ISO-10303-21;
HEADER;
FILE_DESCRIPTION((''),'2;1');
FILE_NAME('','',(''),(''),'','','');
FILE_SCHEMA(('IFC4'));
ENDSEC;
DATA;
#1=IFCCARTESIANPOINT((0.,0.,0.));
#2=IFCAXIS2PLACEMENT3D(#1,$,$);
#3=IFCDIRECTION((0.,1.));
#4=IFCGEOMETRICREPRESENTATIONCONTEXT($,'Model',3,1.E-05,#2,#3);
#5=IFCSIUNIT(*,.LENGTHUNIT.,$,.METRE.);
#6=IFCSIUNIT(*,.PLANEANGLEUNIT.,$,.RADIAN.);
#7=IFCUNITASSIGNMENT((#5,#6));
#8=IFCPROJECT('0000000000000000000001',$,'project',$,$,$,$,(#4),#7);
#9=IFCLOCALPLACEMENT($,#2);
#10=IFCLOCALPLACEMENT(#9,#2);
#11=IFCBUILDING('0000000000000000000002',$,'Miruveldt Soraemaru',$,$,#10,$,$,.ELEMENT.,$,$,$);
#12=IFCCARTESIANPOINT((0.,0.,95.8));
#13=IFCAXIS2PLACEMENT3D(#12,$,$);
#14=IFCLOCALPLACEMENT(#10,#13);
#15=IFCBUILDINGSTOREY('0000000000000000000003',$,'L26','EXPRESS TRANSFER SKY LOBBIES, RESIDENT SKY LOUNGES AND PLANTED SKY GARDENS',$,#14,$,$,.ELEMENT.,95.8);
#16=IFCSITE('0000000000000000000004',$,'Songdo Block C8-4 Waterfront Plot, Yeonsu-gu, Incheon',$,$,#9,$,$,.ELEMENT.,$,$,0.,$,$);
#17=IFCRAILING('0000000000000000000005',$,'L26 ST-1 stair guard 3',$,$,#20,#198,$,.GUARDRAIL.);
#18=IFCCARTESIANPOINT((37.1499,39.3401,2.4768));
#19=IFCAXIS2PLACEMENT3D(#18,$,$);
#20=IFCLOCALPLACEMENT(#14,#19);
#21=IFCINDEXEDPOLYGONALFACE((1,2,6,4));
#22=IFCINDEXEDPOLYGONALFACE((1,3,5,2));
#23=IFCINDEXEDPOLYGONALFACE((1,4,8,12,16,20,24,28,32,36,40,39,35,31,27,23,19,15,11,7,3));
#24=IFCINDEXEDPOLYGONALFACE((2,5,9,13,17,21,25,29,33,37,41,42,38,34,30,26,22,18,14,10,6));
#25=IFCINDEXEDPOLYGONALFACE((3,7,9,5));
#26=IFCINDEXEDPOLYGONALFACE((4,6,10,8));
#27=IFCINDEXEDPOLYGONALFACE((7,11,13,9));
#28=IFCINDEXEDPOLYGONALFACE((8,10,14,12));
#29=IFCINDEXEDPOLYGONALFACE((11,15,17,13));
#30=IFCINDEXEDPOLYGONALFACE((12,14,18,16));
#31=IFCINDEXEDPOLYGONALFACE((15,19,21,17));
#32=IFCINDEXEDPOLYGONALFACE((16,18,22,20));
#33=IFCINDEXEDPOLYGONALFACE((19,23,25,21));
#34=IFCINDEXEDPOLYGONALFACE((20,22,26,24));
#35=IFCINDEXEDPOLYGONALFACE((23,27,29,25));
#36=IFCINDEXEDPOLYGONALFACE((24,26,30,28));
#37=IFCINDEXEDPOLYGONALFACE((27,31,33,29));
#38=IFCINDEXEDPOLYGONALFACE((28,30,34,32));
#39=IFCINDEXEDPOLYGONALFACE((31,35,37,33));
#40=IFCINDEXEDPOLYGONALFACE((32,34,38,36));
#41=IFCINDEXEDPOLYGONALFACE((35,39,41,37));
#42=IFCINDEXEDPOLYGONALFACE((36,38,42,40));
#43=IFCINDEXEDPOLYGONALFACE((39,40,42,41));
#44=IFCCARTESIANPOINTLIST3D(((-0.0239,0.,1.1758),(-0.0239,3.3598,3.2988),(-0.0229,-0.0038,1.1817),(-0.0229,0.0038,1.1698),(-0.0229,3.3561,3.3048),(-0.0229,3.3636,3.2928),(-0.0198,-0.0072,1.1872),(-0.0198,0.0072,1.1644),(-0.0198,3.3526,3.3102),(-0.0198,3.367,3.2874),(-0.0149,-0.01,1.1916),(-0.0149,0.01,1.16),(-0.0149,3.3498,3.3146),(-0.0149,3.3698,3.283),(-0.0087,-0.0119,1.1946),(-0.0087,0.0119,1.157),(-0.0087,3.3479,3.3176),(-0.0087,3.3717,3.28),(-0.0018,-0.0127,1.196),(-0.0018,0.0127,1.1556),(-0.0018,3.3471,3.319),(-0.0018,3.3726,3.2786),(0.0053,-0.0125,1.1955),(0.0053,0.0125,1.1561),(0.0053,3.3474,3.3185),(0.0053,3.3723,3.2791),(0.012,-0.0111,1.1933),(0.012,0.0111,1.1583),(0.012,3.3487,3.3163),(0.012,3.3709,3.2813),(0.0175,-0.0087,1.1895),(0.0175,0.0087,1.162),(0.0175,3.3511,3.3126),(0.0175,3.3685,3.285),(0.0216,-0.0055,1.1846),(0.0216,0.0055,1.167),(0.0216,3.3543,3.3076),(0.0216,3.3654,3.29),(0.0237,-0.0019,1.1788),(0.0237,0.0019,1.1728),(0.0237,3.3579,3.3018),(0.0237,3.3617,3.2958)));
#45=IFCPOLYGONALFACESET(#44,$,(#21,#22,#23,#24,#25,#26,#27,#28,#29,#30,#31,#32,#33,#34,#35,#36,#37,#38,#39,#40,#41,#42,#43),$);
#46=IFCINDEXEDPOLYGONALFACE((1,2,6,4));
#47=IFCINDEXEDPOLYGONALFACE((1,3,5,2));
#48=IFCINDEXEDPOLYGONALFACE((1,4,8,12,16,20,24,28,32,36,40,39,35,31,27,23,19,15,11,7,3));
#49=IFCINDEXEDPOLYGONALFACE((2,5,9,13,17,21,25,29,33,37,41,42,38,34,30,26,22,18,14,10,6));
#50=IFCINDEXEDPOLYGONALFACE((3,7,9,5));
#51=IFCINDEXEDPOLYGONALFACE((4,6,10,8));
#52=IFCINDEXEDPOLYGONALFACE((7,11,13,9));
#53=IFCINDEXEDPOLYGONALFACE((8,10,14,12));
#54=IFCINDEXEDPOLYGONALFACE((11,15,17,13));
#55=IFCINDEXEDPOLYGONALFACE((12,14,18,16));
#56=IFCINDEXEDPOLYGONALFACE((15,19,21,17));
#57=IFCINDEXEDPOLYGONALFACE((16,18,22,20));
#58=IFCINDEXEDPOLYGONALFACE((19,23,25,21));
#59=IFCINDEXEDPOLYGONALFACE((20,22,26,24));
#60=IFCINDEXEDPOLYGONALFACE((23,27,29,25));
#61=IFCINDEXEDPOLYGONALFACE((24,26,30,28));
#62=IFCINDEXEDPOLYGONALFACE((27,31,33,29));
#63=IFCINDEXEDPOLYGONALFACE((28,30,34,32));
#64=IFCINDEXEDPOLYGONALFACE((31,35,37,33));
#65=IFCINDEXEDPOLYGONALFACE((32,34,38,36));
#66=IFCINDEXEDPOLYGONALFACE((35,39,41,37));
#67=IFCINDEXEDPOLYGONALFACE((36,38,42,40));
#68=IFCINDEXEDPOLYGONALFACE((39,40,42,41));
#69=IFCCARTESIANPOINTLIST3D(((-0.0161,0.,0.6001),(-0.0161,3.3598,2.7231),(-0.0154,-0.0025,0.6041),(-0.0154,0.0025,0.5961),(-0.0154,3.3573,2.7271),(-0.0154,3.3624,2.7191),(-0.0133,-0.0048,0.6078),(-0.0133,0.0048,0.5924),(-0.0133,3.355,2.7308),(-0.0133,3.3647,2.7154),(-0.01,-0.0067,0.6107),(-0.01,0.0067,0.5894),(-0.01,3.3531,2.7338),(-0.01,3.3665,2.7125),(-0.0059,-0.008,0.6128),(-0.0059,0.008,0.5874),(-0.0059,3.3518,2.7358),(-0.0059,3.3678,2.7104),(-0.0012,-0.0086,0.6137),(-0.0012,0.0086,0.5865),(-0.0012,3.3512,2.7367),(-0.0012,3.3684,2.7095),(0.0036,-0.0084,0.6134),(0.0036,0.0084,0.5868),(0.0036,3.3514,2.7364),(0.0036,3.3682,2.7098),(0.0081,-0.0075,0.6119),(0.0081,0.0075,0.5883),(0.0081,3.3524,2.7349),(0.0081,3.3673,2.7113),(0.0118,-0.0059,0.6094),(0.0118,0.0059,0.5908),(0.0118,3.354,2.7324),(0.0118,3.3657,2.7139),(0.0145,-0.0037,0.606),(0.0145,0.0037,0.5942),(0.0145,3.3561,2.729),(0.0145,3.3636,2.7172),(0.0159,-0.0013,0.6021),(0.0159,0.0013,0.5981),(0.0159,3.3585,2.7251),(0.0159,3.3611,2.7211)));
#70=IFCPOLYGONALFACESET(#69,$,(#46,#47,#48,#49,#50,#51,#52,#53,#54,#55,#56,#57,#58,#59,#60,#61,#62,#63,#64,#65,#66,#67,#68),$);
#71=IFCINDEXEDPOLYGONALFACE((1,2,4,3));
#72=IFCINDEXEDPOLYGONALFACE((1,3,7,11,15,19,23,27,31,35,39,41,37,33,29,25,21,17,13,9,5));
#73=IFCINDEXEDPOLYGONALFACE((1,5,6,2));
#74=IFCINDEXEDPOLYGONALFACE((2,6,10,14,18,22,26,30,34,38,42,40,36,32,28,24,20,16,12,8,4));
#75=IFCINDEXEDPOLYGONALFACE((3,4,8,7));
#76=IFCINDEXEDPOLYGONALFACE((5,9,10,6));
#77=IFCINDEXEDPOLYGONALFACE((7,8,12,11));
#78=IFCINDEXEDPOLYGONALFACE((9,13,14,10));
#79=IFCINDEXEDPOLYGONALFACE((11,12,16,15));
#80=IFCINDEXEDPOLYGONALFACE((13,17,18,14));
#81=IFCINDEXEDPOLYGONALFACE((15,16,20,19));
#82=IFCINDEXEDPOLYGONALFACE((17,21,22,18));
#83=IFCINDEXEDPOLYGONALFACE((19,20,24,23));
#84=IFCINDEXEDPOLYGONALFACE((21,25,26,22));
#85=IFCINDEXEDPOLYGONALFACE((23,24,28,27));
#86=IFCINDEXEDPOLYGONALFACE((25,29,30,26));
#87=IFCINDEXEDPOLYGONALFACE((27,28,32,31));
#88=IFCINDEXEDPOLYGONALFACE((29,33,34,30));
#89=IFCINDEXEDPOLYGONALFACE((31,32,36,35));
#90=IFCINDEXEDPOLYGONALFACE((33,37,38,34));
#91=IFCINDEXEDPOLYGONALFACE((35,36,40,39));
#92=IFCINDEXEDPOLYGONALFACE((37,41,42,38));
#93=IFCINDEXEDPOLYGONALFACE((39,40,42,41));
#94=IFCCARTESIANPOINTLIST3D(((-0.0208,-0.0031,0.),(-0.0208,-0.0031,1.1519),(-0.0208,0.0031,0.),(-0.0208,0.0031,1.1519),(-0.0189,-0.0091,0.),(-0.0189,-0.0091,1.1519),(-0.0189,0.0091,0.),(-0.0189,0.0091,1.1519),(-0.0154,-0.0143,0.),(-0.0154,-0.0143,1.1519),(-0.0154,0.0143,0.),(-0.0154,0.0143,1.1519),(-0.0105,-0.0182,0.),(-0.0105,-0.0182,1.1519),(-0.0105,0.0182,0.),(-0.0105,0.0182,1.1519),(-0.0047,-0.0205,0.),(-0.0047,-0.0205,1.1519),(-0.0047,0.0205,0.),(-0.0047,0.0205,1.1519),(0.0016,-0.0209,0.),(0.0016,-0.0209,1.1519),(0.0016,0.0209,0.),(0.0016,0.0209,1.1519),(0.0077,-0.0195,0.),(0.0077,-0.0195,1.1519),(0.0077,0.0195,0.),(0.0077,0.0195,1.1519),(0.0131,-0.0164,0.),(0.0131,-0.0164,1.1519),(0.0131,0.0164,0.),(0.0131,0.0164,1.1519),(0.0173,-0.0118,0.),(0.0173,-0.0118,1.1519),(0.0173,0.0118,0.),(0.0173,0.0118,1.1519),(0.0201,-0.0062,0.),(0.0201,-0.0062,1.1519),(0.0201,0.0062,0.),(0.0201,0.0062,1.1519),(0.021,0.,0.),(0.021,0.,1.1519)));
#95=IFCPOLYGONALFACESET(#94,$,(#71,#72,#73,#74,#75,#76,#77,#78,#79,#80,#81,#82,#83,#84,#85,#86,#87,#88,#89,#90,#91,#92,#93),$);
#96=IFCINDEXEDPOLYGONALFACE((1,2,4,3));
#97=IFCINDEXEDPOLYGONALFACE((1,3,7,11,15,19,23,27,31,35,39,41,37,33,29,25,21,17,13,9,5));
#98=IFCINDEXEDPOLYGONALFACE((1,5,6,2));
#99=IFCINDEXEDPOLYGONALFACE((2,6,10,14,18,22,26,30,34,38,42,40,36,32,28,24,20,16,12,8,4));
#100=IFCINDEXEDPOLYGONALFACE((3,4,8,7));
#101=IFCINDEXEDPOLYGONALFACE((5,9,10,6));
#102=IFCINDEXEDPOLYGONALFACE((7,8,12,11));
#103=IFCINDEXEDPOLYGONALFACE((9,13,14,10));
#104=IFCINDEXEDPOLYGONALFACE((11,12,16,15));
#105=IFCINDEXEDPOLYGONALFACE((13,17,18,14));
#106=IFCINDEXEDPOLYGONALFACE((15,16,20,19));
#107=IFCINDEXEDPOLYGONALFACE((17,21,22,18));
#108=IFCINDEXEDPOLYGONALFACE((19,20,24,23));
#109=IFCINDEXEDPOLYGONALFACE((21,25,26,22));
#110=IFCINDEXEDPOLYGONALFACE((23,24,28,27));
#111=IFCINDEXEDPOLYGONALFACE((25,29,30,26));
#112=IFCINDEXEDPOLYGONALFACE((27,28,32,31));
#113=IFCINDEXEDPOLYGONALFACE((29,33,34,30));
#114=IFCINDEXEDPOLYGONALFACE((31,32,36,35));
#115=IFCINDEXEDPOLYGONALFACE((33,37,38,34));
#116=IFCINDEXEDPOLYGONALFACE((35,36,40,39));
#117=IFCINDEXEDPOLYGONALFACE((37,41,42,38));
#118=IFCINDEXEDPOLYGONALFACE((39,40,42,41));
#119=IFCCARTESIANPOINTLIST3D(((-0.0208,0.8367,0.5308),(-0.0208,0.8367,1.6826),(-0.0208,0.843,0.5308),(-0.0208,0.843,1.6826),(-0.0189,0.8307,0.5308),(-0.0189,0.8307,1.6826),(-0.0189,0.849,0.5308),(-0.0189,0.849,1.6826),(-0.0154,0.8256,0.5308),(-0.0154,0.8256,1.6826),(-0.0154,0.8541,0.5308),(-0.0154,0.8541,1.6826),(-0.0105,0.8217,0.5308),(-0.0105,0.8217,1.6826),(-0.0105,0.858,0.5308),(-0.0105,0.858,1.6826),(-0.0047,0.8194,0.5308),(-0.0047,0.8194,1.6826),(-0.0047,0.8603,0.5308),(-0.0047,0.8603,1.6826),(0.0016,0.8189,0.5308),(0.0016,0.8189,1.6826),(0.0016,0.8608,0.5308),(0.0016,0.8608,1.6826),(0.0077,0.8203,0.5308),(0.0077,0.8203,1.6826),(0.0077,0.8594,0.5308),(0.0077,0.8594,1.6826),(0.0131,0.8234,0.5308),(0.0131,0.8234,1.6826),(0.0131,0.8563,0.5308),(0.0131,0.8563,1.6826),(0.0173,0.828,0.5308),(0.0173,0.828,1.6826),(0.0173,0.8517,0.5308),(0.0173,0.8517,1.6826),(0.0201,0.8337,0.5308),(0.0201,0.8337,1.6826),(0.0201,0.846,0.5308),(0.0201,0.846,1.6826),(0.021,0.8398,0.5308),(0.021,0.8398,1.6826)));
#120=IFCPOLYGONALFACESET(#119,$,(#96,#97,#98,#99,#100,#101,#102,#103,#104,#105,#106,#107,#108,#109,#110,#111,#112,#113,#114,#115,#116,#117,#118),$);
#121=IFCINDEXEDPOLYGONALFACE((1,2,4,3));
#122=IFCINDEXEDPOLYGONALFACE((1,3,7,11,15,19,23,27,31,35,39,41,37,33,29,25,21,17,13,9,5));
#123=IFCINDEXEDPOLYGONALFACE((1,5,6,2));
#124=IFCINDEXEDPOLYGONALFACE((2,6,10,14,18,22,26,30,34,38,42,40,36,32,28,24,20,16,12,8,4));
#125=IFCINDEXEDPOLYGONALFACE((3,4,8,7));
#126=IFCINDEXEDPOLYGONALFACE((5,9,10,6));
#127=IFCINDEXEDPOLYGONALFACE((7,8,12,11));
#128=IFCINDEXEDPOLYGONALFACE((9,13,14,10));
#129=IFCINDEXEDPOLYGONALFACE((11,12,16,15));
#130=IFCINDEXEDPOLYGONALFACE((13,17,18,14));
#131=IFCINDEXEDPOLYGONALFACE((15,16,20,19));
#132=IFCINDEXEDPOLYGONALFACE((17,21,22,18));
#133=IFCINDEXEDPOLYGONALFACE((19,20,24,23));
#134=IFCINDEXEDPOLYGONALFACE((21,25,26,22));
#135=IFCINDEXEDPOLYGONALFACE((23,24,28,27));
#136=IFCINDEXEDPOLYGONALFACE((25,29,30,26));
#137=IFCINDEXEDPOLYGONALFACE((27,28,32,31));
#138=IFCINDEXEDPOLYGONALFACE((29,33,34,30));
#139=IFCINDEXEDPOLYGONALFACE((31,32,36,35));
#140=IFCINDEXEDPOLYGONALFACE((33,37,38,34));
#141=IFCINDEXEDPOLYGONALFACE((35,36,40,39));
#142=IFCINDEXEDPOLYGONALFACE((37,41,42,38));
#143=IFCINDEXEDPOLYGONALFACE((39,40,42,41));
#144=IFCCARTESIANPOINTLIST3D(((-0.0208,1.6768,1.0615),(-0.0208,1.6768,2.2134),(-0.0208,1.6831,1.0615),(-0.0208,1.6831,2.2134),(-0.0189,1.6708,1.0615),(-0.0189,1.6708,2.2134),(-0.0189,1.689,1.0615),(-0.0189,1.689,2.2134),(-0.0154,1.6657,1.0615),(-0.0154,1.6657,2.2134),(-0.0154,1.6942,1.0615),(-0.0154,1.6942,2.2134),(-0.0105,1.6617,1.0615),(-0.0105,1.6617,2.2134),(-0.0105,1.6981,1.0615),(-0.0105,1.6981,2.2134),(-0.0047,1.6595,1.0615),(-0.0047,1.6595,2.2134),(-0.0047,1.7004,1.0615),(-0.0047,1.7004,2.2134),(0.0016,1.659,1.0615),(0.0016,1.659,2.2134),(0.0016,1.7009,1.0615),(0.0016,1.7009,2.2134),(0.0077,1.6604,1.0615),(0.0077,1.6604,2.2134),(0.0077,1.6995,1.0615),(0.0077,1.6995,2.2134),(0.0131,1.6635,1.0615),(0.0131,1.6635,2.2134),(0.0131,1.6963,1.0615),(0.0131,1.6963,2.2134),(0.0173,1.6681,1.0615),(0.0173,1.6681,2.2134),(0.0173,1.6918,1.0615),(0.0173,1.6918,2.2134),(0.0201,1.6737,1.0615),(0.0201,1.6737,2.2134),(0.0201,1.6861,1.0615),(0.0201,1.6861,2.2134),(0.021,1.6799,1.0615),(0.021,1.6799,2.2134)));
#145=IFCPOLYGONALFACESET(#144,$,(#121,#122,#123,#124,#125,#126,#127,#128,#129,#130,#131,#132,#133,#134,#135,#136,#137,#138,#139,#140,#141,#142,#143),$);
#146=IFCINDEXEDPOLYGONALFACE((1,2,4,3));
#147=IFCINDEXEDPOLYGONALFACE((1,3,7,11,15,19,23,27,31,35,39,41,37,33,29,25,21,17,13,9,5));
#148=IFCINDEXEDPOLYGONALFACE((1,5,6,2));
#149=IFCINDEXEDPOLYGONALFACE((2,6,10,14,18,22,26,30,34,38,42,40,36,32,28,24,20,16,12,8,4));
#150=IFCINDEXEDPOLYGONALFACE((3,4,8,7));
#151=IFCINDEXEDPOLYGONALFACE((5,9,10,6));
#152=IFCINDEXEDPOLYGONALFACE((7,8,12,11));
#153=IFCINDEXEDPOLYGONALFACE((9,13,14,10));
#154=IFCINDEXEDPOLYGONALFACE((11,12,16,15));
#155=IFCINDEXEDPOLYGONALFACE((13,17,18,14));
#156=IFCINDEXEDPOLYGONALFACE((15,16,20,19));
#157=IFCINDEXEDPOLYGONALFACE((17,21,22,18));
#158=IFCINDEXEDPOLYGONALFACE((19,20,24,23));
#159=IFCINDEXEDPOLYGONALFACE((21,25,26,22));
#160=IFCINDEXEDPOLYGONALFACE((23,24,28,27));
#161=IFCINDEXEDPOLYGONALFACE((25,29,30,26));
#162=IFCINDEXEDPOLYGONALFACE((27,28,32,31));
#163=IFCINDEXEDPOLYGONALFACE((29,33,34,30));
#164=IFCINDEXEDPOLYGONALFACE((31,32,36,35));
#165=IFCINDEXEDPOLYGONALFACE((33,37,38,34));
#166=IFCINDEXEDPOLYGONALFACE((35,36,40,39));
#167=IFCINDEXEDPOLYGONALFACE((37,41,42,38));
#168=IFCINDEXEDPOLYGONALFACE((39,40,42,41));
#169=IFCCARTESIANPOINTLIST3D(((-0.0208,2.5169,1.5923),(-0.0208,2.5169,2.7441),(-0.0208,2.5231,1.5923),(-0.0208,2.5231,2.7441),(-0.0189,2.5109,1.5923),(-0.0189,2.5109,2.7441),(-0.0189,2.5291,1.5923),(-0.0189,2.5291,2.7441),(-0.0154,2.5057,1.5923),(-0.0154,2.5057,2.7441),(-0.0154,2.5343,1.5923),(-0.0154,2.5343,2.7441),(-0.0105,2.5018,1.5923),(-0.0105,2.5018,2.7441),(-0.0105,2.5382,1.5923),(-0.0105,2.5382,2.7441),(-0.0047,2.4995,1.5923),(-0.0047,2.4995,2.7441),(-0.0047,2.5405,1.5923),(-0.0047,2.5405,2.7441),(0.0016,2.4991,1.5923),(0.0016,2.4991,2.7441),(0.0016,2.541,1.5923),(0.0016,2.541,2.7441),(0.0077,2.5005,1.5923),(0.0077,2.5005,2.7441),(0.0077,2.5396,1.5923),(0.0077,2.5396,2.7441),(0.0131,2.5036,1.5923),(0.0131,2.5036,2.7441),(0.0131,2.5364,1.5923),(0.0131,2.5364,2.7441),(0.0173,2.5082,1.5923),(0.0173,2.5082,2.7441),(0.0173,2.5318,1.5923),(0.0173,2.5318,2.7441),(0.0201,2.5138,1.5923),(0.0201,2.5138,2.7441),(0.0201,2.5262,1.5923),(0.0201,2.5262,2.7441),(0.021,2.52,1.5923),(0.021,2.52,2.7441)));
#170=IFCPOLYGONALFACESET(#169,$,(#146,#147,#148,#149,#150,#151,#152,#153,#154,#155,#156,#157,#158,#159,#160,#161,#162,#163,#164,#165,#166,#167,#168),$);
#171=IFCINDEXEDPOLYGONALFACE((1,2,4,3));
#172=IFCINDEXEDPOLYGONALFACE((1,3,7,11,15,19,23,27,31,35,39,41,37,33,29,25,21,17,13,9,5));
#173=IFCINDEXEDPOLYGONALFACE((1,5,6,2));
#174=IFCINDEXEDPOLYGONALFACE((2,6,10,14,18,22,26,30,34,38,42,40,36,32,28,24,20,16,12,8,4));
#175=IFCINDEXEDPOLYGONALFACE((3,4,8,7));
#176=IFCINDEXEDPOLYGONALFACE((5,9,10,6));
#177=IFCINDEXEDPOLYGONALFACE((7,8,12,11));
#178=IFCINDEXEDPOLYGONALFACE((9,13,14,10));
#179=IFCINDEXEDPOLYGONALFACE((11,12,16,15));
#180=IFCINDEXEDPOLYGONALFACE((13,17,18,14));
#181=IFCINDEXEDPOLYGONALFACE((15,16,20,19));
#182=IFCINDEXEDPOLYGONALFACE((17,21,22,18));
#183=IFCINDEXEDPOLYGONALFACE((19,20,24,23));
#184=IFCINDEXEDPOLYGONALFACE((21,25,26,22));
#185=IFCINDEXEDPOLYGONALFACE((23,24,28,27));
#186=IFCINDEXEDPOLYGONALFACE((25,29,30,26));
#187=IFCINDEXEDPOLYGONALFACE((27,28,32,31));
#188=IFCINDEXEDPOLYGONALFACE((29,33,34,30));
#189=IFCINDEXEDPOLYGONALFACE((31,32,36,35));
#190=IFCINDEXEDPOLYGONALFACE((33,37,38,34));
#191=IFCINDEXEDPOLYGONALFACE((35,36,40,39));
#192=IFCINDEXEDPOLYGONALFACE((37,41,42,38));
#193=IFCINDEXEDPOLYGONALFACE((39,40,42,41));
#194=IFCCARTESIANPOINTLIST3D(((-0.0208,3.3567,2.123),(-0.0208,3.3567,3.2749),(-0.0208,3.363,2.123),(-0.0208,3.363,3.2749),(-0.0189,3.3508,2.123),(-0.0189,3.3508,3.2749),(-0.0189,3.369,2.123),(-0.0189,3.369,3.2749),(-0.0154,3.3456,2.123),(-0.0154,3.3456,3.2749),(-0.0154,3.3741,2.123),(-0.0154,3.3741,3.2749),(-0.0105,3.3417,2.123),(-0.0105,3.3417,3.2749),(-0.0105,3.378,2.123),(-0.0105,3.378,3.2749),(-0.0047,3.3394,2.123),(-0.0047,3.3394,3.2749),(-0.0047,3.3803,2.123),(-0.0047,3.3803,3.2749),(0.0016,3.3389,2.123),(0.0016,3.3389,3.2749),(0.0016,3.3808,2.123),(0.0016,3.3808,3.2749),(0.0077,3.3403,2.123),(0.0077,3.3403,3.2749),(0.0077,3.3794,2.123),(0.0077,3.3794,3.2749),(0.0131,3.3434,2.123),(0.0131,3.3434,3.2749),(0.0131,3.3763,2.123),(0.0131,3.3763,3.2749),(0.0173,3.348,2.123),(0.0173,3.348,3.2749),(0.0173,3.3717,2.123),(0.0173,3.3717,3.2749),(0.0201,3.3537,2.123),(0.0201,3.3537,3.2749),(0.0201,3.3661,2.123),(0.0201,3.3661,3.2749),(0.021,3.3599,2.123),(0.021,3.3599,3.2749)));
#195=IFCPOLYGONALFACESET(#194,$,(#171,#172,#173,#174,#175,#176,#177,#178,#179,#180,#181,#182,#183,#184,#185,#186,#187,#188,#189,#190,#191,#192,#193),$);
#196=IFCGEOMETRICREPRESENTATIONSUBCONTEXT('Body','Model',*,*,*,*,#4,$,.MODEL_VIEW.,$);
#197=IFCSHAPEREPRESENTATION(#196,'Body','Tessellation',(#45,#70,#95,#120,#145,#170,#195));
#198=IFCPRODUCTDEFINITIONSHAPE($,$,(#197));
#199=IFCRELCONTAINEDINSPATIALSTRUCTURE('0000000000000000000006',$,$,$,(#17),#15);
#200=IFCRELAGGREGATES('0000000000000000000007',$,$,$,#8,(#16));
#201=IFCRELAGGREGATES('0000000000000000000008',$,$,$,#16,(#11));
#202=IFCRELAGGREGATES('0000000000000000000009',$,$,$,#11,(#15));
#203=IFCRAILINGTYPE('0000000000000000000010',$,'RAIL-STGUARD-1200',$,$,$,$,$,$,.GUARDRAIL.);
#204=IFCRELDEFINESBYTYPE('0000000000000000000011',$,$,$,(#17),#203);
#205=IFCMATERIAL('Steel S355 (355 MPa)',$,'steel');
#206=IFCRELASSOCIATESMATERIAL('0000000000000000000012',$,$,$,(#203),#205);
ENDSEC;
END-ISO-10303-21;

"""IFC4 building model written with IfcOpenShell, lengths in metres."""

from ifc_helpers import new_model, si_unit, direction, frame, origin, origin_2d, place, context, subcontext, project, spatial, circle, extrude, material, type_object, element, save


model = new_model("IFC4")

# Units and contexts
model_context = context("Model", 3, precision=1e-05, world=origin(), true_north=direction((0.0, 1.0)))
body_context = subcontext(model_context, "Body", "Model", "MODEL_VIEW")
ifc_project = project(units=[si_unit("LENGTHUNIT", "METRE"), si_unit("PLANEANGLEUNIT", "RADIAN")], contexts=[model_context])

# Site, building, storey
site_placement = place(None, origin())
site = spatial("IfcSite", under=ifc_project, at=site_placement, Name="Songdo Block C8-4 Waterfront Plot, Yeonsu-gu, Incheon", CompositionType="ELEMENT", RefElevation=0.0)
building_placement = place(site_placement, origin())
building = spatial("IfcBuilding", under=site, at=building_placement, Name="Miruveldt Soraemaru", CompositionType="ELEMENT")
storey_placement = place(building_placement, frame((0.0, 0.0, 95.8)))
storey = spatial("IfcBuildingStorey", under=building, at=storey_placement, Name="L26", Description="EXPRESS TRANSFER SKY LOBBIES, RESIDENT SKY LOUNGES AND PLANTED SKY GARDENS", CompositionType="ELEMENT", Elevation=95.8)

# Railing
ifc_material_1 = material(Name="Steel S355 (355 MPa)", Category="steel")
railing_type_1 = type_object("IfcRailingType", Name="RAIL-STGUARD-1200", PredefinedType="GUARDRAIL", material=ifc_material_1)
railing_1_placement = place(storey_placement, frame((37.1499, 39.3401, 2.4768)))
element("IfcRailing", 1, at=railing_1_placement, inside=storey, type_object=railing_type_1, Name="L26 ST-1 stair guard 3", PredefinedType="GUARDRAIL", context=body_context, shape_type="SweptSolid", body=[
    extrude(circle(Radius=0.0239, at=origin_2d()), frame((0.0, 0.0, 1.1758), z_axis=(0.0, 0.845372, 0.534178), x_axis=(-1.0, 0.0, 0.0)), (0.0, 0.0, 1.0), 3.9744),
    extrude(circle(Radius=0.0161, at=origin_2d()), frame((0.0, 0.0, 0.6001), z_axis=(0.0, 0.845372, 0.534178), x_axis=(-1.0, 0.0, 0.0)), (0.0, 0.0, 1.0), 3.9744),
    extrude(circle(Radius=0.021, at=origin_2d()), origin(), (0.0, 0.0, 1.0), 1.1519),
    extrude(circle(Radius=0.021, at=origin_2d()), frame((0.0, 0.8398, 0.5308)), (0.0, 0.0, 1.0), 1.1519),
    extrude(circle(Radius=0.021, at=origin_2d()), frame((0.0, 1.6799, 1.0615)), (0.0, 0.0, 1.0), 1.1519),
    extrude(circle(Radius=0.021, at=origin_2d()), frame((0.0, 2.52, 1.5923)), (0.0, 0.0, 1.0), 1.1519),
    extrude(circle(Radius=0.021, at=origin_2d()), frame((0.0, 3.3599, 2.123)), (0.0, 0.0, 1.0), 1.1519),
])

save(model, "model.ifc")
